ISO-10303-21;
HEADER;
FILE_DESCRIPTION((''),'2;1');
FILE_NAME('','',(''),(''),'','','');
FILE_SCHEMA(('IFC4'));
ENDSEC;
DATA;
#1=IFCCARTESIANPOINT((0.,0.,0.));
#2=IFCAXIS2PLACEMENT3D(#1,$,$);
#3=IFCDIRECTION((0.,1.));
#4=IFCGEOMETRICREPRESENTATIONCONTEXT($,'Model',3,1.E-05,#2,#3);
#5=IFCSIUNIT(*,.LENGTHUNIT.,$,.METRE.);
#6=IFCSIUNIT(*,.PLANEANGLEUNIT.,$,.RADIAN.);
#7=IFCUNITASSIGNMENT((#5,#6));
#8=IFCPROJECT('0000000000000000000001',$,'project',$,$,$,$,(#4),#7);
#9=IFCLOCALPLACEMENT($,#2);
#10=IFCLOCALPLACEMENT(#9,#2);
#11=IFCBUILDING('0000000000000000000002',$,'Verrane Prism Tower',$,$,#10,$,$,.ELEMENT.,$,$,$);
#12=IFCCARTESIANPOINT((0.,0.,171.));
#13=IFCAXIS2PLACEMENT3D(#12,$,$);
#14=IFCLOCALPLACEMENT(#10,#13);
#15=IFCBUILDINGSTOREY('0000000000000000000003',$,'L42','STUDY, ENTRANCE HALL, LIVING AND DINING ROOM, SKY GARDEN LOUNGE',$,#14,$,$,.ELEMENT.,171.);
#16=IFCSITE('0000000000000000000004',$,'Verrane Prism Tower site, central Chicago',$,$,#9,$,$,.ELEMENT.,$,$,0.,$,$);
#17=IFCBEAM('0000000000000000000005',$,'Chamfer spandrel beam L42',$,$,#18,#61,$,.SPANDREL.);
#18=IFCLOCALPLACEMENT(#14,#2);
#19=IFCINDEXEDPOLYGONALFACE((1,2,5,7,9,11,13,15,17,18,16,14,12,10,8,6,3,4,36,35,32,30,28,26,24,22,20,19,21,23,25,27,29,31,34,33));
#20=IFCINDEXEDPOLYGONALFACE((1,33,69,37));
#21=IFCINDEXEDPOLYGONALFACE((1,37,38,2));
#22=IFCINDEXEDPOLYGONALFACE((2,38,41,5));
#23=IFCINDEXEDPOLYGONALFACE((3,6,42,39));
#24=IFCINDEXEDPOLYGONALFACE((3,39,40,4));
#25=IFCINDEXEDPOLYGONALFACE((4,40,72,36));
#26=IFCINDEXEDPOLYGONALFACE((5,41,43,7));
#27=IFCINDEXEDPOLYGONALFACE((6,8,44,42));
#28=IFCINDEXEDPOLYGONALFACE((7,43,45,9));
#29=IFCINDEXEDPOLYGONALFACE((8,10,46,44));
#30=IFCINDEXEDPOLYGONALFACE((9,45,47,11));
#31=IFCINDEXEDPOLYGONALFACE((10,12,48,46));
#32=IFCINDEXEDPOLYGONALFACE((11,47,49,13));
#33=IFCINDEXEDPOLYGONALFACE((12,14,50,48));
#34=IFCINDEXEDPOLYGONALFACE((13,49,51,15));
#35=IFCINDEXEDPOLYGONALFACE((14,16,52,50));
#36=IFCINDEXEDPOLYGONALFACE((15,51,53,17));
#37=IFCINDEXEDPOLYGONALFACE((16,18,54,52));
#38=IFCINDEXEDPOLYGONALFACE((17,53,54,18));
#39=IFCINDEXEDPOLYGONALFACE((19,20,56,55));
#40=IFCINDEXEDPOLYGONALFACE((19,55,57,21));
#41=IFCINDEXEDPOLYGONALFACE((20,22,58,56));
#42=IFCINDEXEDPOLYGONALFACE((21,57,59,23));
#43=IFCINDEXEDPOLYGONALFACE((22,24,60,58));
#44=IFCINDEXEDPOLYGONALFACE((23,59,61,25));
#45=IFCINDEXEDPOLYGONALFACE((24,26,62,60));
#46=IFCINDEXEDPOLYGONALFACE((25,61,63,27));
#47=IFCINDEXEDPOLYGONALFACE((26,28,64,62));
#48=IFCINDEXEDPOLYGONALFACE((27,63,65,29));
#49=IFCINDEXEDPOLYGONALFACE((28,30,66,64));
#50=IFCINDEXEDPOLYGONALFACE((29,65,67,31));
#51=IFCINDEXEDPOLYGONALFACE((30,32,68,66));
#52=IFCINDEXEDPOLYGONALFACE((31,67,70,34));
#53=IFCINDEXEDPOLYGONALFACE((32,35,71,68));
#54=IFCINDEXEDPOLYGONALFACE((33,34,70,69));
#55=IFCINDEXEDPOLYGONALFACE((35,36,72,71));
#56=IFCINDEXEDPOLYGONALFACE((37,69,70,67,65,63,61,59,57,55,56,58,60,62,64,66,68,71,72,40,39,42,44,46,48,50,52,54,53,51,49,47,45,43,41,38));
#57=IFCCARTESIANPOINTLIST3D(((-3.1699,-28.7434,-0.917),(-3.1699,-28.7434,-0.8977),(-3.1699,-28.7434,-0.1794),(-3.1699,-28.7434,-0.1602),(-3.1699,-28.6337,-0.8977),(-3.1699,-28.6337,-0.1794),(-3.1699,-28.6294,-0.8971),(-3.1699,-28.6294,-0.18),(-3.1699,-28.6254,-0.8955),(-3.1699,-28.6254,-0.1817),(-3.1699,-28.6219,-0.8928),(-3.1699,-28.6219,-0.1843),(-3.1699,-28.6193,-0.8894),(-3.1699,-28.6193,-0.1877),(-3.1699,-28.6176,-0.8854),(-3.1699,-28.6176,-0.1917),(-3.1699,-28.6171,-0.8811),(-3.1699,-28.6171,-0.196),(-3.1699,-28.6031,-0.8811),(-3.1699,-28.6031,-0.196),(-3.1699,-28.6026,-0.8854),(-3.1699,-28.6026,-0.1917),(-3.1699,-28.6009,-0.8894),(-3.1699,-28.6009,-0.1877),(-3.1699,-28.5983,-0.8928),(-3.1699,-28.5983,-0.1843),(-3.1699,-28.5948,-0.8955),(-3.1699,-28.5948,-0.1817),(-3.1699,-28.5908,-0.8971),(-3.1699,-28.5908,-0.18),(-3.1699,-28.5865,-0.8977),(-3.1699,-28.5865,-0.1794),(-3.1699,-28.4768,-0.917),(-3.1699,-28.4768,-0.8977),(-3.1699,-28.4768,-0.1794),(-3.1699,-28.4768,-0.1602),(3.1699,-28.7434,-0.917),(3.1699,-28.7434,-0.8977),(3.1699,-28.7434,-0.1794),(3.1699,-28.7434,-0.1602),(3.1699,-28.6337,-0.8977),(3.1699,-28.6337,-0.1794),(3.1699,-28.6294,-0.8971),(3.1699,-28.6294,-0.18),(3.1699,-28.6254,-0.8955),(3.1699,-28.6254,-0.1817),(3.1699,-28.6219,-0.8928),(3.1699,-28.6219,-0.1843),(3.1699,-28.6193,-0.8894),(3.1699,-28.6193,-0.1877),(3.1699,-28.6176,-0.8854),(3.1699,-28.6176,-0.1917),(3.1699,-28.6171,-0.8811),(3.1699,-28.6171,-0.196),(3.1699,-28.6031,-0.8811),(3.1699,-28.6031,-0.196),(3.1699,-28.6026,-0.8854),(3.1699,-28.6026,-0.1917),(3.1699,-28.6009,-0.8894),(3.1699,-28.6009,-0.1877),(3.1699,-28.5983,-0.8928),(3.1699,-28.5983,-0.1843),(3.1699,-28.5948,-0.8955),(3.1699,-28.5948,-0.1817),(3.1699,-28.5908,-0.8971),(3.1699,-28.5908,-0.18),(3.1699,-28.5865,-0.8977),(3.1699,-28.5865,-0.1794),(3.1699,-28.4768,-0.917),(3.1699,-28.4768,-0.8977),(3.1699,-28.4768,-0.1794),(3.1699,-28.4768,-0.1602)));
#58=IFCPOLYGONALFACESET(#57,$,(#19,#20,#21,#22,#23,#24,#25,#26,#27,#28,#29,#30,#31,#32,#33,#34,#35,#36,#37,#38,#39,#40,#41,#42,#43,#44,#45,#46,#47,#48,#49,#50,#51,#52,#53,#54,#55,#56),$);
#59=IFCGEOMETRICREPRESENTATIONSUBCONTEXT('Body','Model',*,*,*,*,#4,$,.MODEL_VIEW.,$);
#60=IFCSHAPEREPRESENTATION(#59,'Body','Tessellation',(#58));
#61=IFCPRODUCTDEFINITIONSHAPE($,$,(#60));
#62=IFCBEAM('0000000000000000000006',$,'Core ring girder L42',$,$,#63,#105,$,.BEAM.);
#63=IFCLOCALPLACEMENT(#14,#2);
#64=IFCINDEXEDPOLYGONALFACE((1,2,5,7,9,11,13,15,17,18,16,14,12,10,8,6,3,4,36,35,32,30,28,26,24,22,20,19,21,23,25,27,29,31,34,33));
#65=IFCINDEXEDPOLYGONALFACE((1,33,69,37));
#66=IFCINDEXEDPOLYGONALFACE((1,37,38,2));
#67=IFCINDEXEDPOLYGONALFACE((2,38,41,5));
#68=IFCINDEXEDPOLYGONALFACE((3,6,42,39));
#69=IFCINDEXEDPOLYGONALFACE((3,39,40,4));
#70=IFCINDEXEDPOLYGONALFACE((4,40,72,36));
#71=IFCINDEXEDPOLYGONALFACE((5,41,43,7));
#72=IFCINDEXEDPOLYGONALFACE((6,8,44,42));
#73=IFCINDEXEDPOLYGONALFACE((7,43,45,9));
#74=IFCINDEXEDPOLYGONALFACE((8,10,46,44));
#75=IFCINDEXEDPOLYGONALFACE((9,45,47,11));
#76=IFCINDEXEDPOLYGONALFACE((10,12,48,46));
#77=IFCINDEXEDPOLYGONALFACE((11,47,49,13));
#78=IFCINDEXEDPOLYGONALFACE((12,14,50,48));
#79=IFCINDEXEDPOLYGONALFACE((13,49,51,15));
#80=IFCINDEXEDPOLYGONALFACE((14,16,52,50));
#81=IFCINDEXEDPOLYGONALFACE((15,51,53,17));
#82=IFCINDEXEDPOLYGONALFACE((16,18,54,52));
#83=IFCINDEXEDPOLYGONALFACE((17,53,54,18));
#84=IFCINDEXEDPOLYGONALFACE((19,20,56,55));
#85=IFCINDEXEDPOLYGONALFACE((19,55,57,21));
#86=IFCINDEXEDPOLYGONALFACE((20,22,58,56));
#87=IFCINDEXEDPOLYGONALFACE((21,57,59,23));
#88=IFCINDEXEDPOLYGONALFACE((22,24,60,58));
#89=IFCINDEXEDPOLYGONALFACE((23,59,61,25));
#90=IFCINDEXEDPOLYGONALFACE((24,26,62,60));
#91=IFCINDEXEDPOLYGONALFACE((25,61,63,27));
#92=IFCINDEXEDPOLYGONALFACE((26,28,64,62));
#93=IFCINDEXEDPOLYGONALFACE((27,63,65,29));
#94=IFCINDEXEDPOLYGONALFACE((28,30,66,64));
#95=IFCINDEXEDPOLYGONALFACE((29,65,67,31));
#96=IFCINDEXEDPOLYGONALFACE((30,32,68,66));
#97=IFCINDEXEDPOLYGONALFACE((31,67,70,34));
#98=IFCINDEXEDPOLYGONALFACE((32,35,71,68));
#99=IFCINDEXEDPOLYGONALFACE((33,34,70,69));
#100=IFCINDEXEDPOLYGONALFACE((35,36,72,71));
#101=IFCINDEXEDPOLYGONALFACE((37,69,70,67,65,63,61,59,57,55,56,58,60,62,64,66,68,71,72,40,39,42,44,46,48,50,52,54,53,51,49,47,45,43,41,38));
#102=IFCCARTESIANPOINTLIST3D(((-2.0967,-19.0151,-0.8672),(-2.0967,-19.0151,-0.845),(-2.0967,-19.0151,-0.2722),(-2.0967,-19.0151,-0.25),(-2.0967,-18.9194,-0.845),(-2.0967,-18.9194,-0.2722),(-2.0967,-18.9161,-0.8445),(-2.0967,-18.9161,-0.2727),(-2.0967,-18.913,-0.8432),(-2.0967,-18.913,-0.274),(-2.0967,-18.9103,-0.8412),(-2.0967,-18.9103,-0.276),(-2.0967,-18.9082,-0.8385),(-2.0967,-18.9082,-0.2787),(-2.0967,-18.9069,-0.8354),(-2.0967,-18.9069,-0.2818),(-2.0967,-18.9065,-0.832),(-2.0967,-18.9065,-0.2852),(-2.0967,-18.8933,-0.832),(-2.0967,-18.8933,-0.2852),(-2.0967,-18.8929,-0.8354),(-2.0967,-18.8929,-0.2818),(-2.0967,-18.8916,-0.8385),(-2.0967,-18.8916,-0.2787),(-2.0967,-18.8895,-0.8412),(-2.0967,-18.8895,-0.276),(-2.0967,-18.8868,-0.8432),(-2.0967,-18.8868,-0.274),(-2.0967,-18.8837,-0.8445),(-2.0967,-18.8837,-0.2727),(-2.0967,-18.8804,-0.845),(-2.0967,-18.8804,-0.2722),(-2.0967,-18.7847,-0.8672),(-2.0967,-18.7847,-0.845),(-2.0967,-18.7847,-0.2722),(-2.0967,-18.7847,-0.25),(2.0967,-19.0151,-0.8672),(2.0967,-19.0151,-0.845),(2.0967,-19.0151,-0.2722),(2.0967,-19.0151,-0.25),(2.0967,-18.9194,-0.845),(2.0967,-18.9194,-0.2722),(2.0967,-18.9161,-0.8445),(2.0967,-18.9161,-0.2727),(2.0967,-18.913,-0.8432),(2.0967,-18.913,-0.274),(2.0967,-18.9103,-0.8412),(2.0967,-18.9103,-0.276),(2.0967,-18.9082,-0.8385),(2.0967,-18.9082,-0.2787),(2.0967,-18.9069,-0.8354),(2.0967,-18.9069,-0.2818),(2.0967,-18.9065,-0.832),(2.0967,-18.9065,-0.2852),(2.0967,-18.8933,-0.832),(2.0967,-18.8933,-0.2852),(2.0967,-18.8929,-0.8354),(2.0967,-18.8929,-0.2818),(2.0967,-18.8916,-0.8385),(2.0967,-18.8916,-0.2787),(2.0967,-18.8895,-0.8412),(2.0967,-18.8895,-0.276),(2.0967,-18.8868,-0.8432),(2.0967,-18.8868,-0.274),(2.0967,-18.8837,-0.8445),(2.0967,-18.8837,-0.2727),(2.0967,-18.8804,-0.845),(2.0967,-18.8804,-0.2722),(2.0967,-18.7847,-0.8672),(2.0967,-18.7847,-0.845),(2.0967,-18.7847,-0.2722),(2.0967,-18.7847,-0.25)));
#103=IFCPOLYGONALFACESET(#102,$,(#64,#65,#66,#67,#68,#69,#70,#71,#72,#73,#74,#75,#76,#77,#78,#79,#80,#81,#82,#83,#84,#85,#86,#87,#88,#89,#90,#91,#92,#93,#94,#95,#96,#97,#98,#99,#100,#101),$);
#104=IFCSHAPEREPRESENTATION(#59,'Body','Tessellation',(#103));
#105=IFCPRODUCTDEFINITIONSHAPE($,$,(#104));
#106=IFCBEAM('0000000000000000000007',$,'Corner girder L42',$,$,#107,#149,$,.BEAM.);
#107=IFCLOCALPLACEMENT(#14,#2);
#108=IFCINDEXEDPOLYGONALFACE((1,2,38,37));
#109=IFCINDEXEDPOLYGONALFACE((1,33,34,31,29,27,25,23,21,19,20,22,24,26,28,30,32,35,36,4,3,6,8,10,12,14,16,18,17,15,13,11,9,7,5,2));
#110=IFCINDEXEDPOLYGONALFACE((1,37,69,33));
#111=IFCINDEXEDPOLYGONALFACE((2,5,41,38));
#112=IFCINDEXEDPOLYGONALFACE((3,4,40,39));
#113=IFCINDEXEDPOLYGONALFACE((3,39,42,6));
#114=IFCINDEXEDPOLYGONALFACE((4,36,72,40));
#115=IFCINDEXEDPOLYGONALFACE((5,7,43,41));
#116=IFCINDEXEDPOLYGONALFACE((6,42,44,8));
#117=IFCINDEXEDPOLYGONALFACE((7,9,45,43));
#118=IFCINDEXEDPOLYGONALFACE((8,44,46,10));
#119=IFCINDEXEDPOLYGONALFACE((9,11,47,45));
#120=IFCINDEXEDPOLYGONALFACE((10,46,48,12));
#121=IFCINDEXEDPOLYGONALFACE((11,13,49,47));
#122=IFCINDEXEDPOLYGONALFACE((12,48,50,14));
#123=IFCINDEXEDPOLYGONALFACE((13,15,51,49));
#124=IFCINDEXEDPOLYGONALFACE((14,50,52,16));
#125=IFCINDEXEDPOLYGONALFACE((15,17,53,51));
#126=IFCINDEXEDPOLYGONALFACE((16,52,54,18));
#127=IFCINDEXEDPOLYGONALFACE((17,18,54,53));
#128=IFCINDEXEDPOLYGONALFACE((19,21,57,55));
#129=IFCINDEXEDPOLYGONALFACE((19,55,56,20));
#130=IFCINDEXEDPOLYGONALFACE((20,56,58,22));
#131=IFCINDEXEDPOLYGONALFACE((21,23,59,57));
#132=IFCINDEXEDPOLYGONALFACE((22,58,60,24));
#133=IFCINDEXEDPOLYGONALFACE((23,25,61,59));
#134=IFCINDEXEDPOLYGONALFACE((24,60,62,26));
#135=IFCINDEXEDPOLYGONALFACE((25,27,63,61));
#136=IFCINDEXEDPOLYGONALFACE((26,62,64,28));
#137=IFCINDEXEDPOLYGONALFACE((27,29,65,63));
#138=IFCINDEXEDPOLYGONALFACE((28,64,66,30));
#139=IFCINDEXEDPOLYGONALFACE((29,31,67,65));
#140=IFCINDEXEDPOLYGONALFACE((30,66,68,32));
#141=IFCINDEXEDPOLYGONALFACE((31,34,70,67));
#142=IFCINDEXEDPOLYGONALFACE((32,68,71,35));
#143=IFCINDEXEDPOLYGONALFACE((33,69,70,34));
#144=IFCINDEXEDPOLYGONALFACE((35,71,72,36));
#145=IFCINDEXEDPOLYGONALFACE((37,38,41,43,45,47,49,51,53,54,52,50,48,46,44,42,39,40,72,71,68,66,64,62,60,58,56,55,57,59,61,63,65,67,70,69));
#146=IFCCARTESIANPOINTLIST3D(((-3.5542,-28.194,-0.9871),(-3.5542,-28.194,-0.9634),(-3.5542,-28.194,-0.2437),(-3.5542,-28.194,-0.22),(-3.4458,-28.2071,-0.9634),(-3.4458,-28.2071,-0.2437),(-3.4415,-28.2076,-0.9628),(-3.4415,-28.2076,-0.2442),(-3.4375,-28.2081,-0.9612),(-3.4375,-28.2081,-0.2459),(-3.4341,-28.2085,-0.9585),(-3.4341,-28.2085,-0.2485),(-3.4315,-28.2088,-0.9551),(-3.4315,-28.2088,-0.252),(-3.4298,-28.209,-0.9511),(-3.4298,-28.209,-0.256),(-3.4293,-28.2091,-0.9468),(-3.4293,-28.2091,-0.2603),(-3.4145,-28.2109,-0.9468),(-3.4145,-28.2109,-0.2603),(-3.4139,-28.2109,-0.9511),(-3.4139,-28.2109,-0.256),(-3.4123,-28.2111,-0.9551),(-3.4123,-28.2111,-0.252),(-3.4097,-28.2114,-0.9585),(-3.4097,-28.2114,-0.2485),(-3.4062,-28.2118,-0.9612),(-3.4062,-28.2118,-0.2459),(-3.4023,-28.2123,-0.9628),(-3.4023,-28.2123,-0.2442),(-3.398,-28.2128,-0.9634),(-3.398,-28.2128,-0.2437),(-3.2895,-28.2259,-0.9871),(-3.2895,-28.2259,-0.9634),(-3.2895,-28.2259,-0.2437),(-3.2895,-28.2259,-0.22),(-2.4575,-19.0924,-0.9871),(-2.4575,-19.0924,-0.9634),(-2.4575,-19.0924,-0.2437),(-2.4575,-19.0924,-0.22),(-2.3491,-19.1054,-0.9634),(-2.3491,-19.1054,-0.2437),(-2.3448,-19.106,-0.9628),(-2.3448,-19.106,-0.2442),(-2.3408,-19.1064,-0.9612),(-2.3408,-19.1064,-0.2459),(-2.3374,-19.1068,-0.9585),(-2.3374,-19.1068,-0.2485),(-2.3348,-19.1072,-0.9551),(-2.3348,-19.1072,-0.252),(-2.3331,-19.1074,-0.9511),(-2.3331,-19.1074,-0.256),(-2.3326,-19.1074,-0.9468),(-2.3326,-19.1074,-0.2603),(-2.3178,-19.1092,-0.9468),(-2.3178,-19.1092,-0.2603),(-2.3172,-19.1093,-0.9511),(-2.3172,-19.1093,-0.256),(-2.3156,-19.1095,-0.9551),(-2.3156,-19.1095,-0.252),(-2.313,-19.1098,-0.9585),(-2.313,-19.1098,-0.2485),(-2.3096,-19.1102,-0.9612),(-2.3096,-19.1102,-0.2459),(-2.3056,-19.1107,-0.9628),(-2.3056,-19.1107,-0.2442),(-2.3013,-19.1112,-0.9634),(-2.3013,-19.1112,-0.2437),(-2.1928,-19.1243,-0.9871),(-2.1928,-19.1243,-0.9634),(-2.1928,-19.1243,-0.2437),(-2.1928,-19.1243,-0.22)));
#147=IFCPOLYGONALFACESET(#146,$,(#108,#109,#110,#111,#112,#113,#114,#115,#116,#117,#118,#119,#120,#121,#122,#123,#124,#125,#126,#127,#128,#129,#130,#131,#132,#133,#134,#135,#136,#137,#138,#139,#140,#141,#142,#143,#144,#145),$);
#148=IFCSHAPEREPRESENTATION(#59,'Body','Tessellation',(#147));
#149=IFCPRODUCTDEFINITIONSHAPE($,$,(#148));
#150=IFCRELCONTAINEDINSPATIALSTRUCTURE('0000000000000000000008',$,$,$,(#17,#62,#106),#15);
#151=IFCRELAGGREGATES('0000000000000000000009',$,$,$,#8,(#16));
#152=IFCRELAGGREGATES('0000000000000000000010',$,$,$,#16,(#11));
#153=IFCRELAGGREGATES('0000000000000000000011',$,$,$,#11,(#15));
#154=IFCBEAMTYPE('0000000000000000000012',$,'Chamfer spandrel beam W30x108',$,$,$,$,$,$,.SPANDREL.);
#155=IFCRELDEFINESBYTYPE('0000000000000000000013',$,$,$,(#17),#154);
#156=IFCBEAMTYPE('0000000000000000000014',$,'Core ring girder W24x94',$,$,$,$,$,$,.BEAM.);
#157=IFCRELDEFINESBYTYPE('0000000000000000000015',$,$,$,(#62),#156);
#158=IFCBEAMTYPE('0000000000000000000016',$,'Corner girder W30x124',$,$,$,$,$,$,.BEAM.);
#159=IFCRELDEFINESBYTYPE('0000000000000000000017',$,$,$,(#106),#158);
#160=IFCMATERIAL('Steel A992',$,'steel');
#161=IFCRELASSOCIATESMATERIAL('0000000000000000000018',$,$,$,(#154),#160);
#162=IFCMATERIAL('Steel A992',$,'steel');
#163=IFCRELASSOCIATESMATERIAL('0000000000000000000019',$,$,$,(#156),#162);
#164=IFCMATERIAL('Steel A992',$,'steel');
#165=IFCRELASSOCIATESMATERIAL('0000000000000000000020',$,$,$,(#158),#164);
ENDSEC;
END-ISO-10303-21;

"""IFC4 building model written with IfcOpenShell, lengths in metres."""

from ifc_helpers import new_model, si_unit, direction, frame, origin, origin_2d, place, context, subcontext, project, spatial, i_section, extrude, material, material_profile, profile_set, type_object, element, save


model = new_model("IFC4")

# Units and contexts
model_context = context("Model", 3, precision=1e-05, world=origin(), true_north=direction((0.0, 1.0)))
body_context = subcontext(model_context, "Body", "Model", "MODEL_VIEW")
ifc_project = project(units=[si_unit("LENGTHUNIT", "METRE"), si_unit("PLANEANGLEUNIT", "RADIAN")], contexts=[model_context])

# Site, building, storey
site_placement = place(None, origin())
site = spatial("IfcSite", under=ifc_project, at=site_placement, Name="Verrane Prism Tower site, central Chicago", CompositionType="ELEMENT", RefElevation=0.0)
building_placement = place(site_placement, origin())
building = spatial("IfcBuilding", under=site, at=building_placement, Name="Verrane Prism Tower", CompositionType="ELEMENT")
storey_placement = place(building_placement, frame((0.0, 0.0, 171.0)))
storey = spatial("IfcBuildingStorey", under=building, at=storey_placement, Name="L42", Description="STUDY, ENTRANCE HALL, LIVING AND DINING ROOM, SKY GARDEN LOUNGE", CompositionType="ELEMENT", Elevation=171.0)

# Beams
ifc_material_1 = material(Name="Steel A992", Category="steel")
ifc_material_profile_1 = material_profile(ifc_material_1, i_section(OverallWidth=0.2666, OverallDepth=0.7568, WebThickness=0.0139, FlangeThickness=0.0193, FilletRadius=0.0166, at=origin_2d()), Name="W30x108")
ifc_profile_set_1 = profile_set([ifc_material_profile_1], Name="Steel A992")
beam_type_1 = type_object("IfcBeamType", Name="Chamfer spandrel beam W30x108", PredefinedType="SPANDREL", material=ifc_profile_set_1)
beam_1_placement = place(storey_placement, frame((-3.1699, -28.6101, -0.5386), z_axis=(1.0, 0.0, 0.0), x_axis=(0.0, 1.0, 0.0)))
element("IfcBeam", 1, at=beam_1_placement, inside=storey, type_object=beam_type_1, Name="Chamfer spandrel beam L42", PredefinedType="SPANDREL", context=body_context, shape_type="SweptSolid", body=[
    extrude(i_section(OverallWidth=0.2666, OverallDepth=0.7568, WebThickness=0.0139, FlangeThickness=0.0193, FilletRadius=0.0166, at=origin_2d()), origin(), (0.0, 0.0, 1.0), 6.3398),
])
ifc_material_2 = material(Name="Steel A992", Category="steel")
ifc_material_profile_2 = material_profile(ifc_material_2, i_section(OverallWidth=0.2305, OverallDepth=0.6172, WebThickness=0.0132, FlangeThickness=0.0222, FilletRadius=0.0129, at=origin_2d()), Name="W24x94")
ifc_profile_set_2 = profile_set([ifc_material_profile_2], Name="Steel A992")
beam_type_2 = type_object("IfcBeamType", Name="Core ring girder W24x94", PredefinedType="BEAM", material=ifc_profile_set_2)
beam_2_placement = place(storey_placement, frame((-2.0967, -18.8999, -0.5586), z_axis=(1.0, 0.0, 0.0), x_axis=(0.0, 1.0, 0.0)))
element("IfcBeam", 2, at=beam_2_placement, inside=storey, type_object=beam_type_2, Name="Core ring girder L42", PredefinedType="BEAM", context=body_context, shape_type="SweptSolid", body=[
    extrude(i_section(OverallWidth=0.2305, OverallDepth=0.6172, WebThickness=0.0132, FlangeThickness=0.0222, FilletRadius=0.0129, at=origin_2d()), origin(), (0.0, 0.0, 1.0), 4.1934),
])
ifc_material_3 = material(Name="Steel A992", Category="steel")
ifc_material_profile_3 = material_profile(ifc_material_3, i_section(OverallWidth=0.2666, OverallDepth=0.7671, WebThickness=0.0149, FlangeThickness=0.0237, FilletRadius=0.0166, at=origin_2d()), Name="W30x124")
ifc_profile_set_3 = profile_set([ifc_material_profile_3], Name="Steel A992")
beam_type_3 = type_object("IfcBeamType", Name="Corner girder W30x124", PredefinedType="BEAM", material=ifc_profile_set_3)
beam_3_placement = place(storey_placement, frame((-3.4219, -28.21, -0.6035), z_axis=(0.119628, 0.992819, 0.0), x_axis=(-0.992819, 0.119628, 0.0)))
element("IfcBeam", 3, at=beam_3_placement, inside=storey, type_object=beam_type_3, Name="Corner girder L42", PredefinedType="BEAM", context=body_context, shape_type="SweptSolid", body=[
    extrude(i_section(OverallWidth=0.2666, OverallDepth=0.7671, WebThickness=0.0149, FlangeThickness=0.0237, FilletRadius=0.0166, at=origin_2d()), origin(), (0.0, 0.0, 1.0), 9.1675),
])

save(model, "model.ifc")
